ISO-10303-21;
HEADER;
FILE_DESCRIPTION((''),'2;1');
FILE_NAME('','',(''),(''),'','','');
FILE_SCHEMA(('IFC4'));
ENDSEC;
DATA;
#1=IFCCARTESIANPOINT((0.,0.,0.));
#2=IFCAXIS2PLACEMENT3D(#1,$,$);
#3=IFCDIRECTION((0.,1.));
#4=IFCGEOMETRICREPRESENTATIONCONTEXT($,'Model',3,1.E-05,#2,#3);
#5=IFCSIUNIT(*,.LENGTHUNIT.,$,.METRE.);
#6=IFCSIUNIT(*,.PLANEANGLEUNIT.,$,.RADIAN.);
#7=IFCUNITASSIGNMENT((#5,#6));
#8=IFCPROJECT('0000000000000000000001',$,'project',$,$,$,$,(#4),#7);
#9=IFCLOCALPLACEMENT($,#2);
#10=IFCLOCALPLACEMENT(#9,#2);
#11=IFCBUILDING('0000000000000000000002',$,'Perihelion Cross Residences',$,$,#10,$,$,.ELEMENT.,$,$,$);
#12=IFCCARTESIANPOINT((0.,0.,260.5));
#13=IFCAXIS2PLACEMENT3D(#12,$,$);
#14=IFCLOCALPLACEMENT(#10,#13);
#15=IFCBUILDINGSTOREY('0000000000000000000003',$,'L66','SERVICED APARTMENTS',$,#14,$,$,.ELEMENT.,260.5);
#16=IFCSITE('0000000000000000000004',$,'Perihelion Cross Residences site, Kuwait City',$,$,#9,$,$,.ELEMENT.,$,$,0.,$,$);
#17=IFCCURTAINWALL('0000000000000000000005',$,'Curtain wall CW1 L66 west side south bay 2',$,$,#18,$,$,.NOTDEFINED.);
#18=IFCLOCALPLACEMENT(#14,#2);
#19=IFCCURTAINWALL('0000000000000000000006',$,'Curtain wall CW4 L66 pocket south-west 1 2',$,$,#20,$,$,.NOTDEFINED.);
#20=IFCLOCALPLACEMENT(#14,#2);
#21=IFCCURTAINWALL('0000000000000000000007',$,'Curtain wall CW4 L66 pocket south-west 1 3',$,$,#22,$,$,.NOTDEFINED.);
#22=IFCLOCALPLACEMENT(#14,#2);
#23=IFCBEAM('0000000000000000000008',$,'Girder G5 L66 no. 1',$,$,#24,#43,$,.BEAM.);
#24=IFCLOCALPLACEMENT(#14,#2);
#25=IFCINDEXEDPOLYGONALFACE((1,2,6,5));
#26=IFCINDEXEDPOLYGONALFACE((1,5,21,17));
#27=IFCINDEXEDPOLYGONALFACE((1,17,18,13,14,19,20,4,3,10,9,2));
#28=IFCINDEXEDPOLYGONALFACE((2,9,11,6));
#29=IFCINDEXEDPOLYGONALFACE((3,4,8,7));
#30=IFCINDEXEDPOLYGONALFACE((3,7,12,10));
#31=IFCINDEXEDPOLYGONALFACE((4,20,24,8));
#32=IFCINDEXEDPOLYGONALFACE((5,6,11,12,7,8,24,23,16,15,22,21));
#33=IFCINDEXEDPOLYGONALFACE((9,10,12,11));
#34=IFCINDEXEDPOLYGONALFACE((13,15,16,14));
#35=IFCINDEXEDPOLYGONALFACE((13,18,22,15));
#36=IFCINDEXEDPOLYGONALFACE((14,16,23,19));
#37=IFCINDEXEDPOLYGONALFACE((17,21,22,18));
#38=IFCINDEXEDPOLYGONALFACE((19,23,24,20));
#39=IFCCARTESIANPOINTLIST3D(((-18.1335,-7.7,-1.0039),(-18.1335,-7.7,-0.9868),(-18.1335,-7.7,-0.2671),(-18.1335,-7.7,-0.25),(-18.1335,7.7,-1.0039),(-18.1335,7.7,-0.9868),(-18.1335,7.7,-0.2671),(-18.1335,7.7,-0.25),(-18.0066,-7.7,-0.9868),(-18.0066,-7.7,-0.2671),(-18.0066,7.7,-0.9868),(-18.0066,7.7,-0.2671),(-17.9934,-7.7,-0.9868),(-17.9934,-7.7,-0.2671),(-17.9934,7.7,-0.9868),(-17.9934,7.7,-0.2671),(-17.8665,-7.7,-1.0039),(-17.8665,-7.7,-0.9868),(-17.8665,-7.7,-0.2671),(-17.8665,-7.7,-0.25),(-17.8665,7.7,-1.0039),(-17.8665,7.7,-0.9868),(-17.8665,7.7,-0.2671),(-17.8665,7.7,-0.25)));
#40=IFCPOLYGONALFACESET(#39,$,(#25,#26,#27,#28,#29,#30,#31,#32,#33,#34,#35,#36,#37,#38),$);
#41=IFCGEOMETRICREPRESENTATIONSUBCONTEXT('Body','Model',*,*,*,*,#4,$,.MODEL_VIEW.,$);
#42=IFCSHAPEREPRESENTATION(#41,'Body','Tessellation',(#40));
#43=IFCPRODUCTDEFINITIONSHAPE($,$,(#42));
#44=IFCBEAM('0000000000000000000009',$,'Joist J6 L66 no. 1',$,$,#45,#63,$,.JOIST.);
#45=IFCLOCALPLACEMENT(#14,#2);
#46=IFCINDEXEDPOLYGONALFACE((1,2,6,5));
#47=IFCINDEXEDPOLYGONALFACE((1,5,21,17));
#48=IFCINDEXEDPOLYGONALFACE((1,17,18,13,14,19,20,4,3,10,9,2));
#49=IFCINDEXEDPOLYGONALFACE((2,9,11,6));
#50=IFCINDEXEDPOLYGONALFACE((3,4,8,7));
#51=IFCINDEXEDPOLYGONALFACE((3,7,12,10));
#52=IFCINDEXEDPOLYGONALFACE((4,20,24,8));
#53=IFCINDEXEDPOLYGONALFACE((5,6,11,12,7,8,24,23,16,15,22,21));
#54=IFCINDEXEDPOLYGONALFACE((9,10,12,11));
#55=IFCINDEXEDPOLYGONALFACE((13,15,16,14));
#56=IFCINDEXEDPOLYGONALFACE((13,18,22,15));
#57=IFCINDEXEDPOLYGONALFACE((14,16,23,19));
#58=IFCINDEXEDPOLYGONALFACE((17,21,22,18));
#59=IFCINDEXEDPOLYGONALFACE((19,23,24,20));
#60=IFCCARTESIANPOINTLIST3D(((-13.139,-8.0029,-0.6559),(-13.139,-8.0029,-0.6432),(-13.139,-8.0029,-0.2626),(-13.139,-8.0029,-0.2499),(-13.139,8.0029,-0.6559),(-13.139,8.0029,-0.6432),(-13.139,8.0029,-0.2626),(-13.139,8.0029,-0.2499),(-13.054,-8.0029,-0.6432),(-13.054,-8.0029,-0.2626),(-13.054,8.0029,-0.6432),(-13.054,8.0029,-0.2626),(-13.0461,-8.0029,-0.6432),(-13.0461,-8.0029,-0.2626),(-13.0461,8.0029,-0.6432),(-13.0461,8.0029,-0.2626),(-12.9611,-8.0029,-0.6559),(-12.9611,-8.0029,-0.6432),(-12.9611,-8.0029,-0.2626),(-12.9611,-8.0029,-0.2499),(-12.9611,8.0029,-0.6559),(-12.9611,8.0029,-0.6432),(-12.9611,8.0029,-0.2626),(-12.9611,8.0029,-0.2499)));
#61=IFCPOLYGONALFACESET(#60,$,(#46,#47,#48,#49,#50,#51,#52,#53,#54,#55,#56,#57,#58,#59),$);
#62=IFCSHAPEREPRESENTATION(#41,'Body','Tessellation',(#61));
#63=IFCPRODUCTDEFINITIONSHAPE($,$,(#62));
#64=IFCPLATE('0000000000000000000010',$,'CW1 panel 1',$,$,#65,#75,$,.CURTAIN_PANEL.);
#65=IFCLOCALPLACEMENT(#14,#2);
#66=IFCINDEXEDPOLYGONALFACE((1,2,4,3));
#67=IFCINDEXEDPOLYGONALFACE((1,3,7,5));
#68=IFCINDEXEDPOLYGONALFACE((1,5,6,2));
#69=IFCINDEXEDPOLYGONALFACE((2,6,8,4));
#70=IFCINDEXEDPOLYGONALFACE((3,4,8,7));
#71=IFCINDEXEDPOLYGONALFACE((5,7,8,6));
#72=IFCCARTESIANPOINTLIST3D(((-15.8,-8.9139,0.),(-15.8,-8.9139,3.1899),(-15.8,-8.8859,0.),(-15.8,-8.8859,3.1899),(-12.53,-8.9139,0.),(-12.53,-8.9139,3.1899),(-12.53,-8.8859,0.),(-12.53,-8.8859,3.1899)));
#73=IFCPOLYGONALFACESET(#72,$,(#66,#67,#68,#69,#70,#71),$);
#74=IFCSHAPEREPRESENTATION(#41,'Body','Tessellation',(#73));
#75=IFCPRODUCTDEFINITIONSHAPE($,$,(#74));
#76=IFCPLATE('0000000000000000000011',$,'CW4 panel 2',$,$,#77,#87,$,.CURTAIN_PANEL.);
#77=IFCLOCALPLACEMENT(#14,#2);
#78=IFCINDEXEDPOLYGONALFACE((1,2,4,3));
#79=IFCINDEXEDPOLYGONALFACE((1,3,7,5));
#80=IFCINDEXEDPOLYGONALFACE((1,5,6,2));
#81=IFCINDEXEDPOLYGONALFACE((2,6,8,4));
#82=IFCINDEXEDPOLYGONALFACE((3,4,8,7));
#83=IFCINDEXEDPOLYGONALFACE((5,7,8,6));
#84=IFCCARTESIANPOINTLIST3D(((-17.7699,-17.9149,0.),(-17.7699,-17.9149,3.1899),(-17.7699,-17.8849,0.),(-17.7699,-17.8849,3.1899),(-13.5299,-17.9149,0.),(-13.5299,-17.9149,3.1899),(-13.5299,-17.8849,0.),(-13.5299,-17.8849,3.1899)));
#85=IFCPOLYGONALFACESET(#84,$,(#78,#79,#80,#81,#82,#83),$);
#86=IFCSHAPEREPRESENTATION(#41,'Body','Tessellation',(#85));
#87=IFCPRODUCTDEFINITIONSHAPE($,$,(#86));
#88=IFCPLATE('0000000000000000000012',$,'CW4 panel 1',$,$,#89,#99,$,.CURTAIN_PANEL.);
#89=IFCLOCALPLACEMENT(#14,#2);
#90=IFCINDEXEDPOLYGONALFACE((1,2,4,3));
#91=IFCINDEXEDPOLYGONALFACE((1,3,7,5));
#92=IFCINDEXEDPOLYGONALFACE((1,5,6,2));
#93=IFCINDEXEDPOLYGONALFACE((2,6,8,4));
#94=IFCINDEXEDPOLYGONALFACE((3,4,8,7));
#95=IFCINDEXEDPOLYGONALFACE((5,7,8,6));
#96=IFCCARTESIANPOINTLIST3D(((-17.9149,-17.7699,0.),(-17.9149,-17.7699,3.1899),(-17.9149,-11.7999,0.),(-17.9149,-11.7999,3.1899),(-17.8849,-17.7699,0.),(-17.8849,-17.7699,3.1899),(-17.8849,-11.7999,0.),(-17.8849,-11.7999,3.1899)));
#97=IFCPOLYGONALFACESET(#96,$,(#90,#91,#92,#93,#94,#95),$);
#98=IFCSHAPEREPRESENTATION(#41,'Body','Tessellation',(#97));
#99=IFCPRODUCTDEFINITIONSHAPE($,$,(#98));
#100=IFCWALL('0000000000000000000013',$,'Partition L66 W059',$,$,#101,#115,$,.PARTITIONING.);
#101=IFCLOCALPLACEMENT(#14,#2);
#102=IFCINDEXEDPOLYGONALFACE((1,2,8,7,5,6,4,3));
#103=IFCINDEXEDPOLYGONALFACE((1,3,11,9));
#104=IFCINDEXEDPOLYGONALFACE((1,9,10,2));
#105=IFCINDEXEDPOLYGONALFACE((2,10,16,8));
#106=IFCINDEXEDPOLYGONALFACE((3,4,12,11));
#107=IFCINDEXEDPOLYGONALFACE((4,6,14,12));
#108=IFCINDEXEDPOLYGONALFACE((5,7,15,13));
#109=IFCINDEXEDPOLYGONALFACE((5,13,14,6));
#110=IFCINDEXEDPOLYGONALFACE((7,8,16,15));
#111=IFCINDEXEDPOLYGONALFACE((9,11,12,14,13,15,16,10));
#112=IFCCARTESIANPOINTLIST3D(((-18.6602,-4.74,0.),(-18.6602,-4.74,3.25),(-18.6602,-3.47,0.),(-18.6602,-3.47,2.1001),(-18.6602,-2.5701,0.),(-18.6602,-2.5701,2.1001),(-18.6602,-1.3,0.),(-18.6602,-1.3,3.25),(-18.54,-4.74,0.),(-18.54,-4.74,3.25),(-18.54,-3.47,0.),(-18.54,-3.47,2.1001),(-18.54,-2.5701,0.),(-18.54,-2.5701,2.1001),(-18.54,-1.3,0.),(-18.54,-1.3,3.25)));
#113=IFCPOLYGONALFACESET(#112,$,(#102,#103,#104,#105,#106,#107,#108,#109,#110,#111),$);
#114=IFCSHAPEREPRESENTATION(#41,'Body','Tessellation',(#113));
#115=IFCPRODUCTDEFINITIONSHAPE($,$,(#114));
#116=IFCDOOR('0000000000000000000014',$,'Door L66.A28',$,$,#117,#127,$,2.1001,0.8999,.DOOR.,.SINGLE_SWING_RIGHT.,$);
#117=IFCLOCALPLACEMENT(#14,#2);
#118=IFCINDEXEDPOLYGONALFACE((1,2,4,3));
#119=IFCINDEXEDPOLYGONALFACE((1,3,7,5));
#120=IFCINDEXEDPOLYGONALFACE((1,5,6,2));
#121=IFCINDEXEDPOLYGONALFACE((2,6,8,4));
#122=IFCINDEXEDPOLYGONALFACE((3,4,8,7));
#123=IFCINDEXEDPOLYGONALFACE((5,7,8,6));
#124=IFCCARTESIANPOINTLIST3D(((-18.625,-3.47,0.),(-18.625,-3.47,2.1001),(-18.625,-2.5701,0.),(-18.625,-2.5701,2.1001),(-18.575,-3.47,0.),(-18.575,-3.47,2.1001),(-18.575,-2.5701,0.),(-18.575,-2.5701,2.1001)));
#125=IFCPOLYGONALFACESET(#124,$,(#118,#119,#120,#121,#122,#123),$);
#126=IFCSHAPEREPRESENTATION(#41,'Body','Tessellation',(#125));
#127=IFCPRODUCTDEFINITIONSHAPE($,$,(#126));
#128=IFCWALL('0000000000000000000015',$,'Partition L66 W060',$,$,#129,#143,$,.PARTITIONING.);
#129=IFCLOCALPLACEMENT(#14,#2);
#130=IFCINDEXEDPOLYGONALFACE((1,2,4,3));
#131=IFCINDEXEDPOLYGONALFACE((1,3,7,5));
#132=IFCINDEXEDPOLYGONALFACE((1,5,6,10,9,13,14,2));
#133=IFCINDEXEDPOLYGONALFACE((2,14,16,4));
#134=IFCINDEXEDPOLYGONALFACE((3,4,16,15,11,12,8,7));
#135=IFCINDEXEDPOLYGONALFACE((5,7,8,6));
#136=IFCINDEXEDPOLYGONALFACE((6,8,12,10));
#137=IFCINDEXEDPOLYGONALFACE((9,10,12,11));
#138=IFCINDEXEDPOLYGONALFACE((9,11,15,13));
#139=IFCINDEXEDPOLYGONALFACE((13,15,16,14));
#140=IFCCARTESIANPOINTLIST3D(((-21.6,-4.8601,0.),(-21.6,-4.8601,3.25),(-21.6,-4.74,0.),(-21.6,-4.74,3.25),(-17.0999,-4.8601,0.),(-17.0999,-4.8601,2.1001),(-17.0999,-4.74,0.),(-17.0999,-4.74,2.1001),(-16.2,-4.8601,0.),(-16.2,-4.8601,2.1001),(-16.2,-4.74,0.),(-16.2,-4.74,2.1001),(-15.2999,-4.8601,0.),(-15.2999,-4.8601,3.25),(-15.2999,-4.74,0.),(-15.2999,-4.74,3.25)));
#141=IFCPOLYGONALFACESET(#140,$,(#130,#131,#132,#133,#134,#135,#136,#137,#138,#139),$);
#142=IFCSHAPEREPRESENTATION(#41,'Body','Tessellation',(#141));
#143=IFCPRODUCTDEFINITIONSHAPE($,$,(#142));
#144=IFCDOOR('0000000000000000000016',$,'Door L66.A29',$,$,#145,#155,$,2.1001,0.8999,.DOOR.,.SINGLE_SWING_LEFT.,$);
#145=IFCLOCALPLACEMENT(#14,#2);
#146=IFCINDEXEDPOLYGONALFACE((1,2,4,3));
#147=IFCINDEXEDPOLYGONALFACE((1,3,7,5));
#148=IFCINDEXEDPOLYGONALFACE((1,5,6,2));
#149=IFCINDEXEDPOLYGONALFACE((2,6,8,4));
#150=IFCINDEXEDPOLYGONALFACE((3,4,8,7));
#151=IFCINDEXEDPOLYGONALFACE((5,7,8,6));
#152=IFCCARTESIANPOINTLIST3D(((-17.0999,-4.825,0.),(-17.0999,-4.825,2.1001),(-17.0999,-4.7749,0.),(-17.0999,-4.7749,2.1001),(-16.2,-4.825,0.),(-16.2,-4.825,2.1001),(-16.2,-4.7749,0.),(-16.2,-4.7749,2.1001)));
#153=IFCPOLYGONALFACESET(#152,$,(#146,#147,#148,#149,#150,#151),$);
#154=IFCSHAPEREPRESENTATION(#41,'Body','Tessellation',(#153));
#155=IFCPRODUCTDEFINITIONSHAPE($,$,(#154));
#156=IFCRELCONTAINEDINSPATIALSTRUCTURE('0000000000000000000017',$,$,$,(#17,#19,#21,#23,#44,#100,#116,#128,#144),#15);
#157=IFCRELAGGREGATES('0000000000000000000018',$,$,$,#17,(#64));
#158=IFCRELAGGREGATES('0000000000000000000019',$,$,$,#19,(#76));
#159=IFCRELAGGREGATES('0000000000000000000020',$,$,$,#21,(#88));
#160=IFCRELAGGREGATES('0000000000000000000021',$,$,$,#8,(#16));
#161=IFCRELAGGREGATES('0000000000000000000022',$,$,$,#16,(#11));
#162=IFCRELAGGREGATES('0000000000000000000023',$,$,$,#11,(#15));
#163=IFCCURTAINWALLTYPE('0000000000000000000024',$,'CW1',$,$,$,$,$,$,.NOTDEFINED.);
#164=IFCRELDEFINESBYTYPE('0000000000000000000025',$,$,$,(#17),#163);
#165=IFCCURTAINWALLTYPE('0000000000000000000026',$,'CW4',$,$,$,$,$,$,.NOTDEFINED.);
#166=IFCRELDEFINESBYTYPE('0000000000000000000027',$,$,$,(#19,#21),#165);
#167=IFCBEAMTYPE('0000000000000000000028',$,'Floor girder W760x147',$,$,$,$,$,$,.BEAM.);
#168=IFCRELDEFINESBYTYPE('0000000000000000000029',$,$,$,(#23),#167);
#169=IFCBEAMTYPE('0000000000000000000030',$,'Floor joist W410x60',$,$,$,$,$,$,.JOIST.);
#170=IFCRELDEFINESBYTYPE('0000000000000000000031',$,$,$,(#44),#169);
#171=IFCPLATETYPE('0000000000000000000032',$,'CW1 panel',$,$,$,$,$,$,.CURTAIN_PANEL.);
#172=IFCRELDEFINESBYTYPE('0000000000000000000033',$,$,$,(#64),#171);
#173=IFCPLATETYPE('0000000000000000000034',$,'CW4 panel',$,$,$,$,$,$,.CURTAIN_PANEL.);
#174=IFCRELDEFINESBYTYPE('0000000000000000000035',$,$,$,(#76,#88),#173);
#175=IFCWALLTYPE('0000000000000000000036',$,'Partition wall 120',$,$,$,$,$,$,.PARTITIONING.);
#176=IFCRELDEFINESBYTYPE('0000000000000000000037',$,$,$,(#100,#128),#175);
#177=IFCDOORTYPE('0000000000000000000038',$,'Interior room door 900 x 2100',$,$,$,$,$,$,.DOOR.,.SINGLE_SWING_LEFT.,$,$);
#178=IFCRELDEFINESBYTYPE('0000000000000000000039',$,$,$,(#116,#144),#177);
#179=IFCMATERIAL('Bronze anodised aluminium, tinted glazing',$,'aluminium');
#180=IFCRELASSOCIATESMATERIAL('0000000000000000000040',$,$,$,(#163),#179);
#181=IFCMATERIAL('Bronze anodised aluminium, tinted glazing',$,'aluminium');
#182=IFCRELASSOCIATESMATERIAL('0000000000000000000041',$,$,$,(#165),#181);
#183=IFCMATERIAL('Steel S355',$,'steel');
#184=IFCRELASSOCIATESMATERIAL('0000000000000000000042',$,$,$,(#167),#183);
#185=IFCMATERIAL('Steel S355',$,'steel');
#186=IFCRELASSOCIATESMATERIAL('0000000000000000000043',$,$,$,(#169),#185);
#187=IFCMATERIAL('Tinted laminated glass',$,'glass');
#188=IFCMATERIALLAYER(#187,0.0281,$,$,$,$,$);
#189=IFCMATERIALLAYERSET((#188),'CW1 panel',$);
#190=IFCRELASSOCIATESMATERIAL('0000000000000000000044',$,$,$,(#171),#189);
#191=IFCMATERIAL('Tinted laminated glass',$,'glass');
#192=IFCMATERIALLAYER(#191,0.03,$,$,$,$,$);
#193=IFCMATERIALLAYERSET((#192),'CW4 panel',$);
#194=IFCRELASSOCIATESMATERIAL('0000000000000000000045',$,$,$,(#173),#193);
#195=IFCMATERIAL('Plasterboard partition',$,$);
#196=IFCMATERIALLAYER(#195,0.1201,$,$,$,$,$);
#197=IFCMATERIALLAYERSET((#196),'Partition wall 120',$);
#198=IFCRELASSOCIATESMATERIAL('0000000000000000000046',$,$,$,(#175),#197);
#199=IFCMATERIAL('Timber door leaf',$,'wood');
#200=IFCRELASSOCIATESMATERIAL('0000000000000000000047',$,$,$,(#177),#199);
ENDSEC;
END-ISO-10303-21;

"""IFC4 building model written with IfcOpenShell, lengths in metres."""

from ifc_helpers import new_model, si_unit, direction, frame, frame_2d, origin, origin_2d, place, context, subcontext, project, spatial, rectangle, i_section, extrude, material, layer, layer_set, material_profile, profile_set, type_object, element, fill, aggregate, save


model = new_model("IFC4")

# Units and contexts
model_context = context("Model", 3, precision=1e-05, world=origin(), true_north=direction((0.0, 1.0)))
body_context = subcontext(model_context, "Body", "Model", "MODEL_VIEW")
ifc_project = project(units=[si_unit("LENGTHUNIT", "METRE"), si_unit("PLANEANGLEUNIT", "RADIAN")], contexts=[model_context])

# Site, building, storey
site_placement = place(None, origin())
site = spatial("IfcSite", under=ifc_project, at=site_placement, Name="Perihelion Cross Residences site, Kuwait City", CompositionType="ELEMENT", RefElevation=0.0)
building_placement = place(site_placement, origin())
building = spatial("IfcBuilding", under=site, at=building_placement, Name="Perihelion Cross Residences", CompositionType="ELEMENT")
storey_placement = place(building_placement, frame((0.0, 0.0, 260.5)))
storey = spatial("IfcBuildingStorey", under=building, at=storey_placement, Name="L66", Description="SERVICED APARTMENTS", CompositionType="ELEMENT", Elevation=260.5)

# Curtain walls
ifc_material_1 = material(Name="Bronze anodised aluminium, tinted glazing", Category="aluminium")
curtain_wall_type_1 = type_object("IfcCurtainWallType", Name="CW1", PredefinedType="NOTDEFINED", material=ifc_material_1)
curtain_wall_1_placement = place(storey_placement, origin())
curtain_wall_1 = element("IfcCurtainWall", 1, at=curtain_wall_1_placement, inside=storey, type_object=curtain_wall_type_1, Name="Curtain wall CW1 L66 west side south bay 2", PredefinedType="NOTDEFINED")
ifc_material_2 = material(Name="Bronze anodised aluminium, tinted glazing", Category="aluminium")
curtain_wall_type_2 = type_object("IfcCurtainWallType", Name="CW4", PredefinedType="NOTDEFINED", material=ifc_material_2)
curtain_wall_2_placement = place(storey_placement, origin())
curtain_wall_2 = element("IfcCurtainWall", 2, at=curtain_wall_2_placement, inside=storey, type_object=curtain_wall_type_2, Name="Curtain wall CW4 L66 pocket south-west 1 2", PredefinedType="NOTDEFINED")
curtain_wall_3_placement = place(storey_placement, origin())
curtain_wall_3 = element("IfcCurtainWall", 3, at=curtain_wall_3_placement, inside=storey, type_object=curtain_wall_type_2, Name="Curtain wall CW4 L66 pocket south-west 1 3", PredefinedType="NOTDEFINED")

# Beams
ifc_material_3 = material(Name="Steel S355", Category="steel")
ifc_material_profile_1 = material_profile(ifc_material_3, i_section(OverallWidth=0.2671, OverallDepth=0.7539, WebThickness=0.0132, FlangeThickness=0.0171, at=origin_2d()), Name="W760x147")
ifc_profile_set_1 = profile_set([ifc_material_profile_1], Name="Steel S355")
beam_type_1 = type_object("IfcBeamType", Name="Floor girder W760x147", PredefinedType="BEAM", material=ifc_profile_set_1)
beam_1_placement = place(storey_placement, frame((-18.0, -7.7, -0.627), z_axis=(0.0, 1.0, 0.0), x_axis=(-1.0, 0.0, 0.0)))
element("IfcBeam", 4, at=beam_1_placement, inside=storey, type_object=beam_type_1, Name="Girder G5 L66 no. 1", PredefinedType="BEAM", context=body_context, shape_type="SweptSolid", body=[
    extrude(i_section(OverallWidth=0.2671, OverallDepth=0.7539, WebThickness=0.0132, FlangeThickness=0.0171, at=origin_2d()), origin(), (0.0, 0.0, 1.0), 15.3999),
])
ifc_material_4 = material(Name="Steel S355", Category="steel")
ifc_material_profile_2 = material_profile(ifc_material_4, i_section(OverallWidth=0.178, OverallDepth=0.406, WebThickness=0.0078, FlangeThickness=0.0127, at=origin_2d()), Name="W410x60")
ifc_profile_set_2 = profile_set([ifc_material_profile_2], Name="Steel S355")
beam_type_2 = type_object("IfcBeamType", Name="Floor joist W410x60", PredefinedType="JOIST", material=ifc_profile_set_2)
beam_2_placement = place(storey_placement, frame((-13.05, -8.0029, -0.4529), z_axis=(0.0, 1.0, 0.0), x_axis=(-1.0, 0.0, 0.0)))
element("IfcBeam", 5, at=beam_2_placement, inside=storey, type_object=beam_type_2, Name="Joist J6 L66 no. 1", PredefinedType="JOIST", context=body_context, shape_type="SweptSolid", body=[
    extrude(i_section(OverallWidth=0.178, OverallDepth=0.406, WebThickness=0.0078, FlangeThickness=0.0127, at=origin_2d()), origin(), (0.0, 0.0, 1.0), 16.0059),
])

# Plates
ifc_material_5 = material(Name="Tinted laminated glass", Category="glass")
ifc_layer_1 = layer(ifc_material_5, 0.0281)
ifc_layer_set_1 = layer_set([ifc_layer_1], Name="CW1 panel")
plate_type_1 = type_object("IfcPlateType", Name="CW1 panel", PredefinedType="CURTAIN_PANEL", material=ifc_layer_set_1)
plate_1_placement = place(storey_placement, frame((-14.165, -8.8999, 0.0), z_axis=(0.0, 0.0, 1.0), x_axis=(1.0, 0.0, 0.0)))
plate_1 = element("IfcPlate", 6, at=plate_1_placement, type_object=plate_type_1, Name="CW1 panel 1", PredefinedType="CURTAIN_PANEL", context=body_context, shape_type="SweptSolid", body=[
    extrude(rectangle(XDim=3.27, YDim=0.0281, at=origin_2d()), origin(), (0.0, 0.0, 1.0), 3.1899),
])
aggregate(curtain_wall_1, [plate_1])
ifc_material_6 = material(Name="Tinted laminated glass", Category="glass")
ifc_layer_2 = layer(ifc_material_6, 0.03)
ifc_layer_set_2 = layer_set([ifc_layer_2], Name="CW4 panel")
plate_type_2 = type_object("IfcPlateType", Name="CW4 panel", PredefinedType="CURTAIN_PANEL", material=ifc_layer_set_2)
plate_2_placement = place(storey_placement, frame((-15.6499, -17.8999, 0.0), z_axis=(0.0, 0.0, 1.0), x_axis=(-1.0, 0.0, 0.0)))
plate_2 = element("IfcPlate", 7, at=plate_2_placement, type_object=plate_type_2, Name="CW4 panel 2", PredefinedType="CURTAIN_PANEL", context=body_context, shape_type="SweptSolid", body=[
    extrude(rectangle(XDim=4.24, YDim=0.03, at=origin_2d()), origin(), (0.0, 0.0, 1.0), 3.1899),
])
aggregate(curtain_wall_2, [plate_2])
plate_3_placement = place(storey_placement, frame((-17.8999, -14.7849, 0.0), z_axis=(0.0, 0.0, 1.0), x_axis=(0.0, 1.0, 0.0)))
plate_3 = element("IfcPlate", 8, at=plate_3_placement, type_object=plate_type_2, Name="CW4 panel 1", PredefinedType="CURTAIN_PANEL", context=body_context, shape_type="SweptSolid", body=[
    extrude(rectangle(XDim=5.97, YDim=0.03, at=origin_2d()), origin(), (0.0, 0.0, 1.0), 3.1899),
])
aggregate(curtain_wall_3, [plate_3])

# Walls, openings, doors
ifc_material_7 = material(Name="Plasterboard partition")
ifc_layer_3 = layer(ifc_material_7, 0.1201)
ifc_layer_set_3 = layer_set([ifc_layer_3], Name="Partition wall 120")
wall_type_1 = type_object("IfcWallType", Name="Partition wall 120", PredefinedType="PARTITIONING", material=ifc_layer_set_3)
wall_1_placement = place(storey_placement, frame((-18.6001, -4.74, 0.0), z_axis=(0.0, 0.0, 1.0), x_axis=(0.0, 1.0, 0.0)))
wall_1 = element("IfcWall", 9, at=wall_1_placement, inside=storey, type_object=wall_type_1, Name="Partition L66 W059", PredefinedType="PARTITIONING", context=body_context, shape_type="SweptSolid", body=[
    extrude(rectangle(XDim=3.4399, YDim=0.1201, at=frame_2d((1.72, 0.0))), origin(), (0.0, 0.0, 1.0), 3.25),
])
opening_1_placement = place(wall_1_placement, frame((1.27, 0.0, 0.0)))
opening_1 = element("IfcOpeningElement", 10, at=opening_1_placement, cuts=wall_1, PredefinedType="OPENING", context=body_context, shape_type="SweptSolid", body=[
    extrude(rectangle(XDim=0.8999, YDim=2.1001, at=frame_2d((0.45, 1.05))), frame((0.0, 0.0701, 0.0), z_axis=(0.0, -1.0, 0.0), x_axis=(1.0, 0.0, 0.0)), (0.0, 0.0, 1.0), 0.1401),
])
ifc_material_8 = material(Name="Timber door leaf", Category="wood")
door_type_1 = type_object("IfcDoorType", Name="Interior room door 900 x 2100", OperationType="SINGLE_SWING_LEFT", PredefinedType="DOOR", material=ifc_material_8)
door_1_placement = place(opening_1_placement, origin())
door_1 = element("IfcDoor", 11, at=door_1_placement, inside=storey, type_object=door_type_1, Name="Door L66.A28", OperationType="SINGLE_SWING_RIGHT", OverallHeight=2.1001, OverallWidth=0.8999, PredefinedType="DOOR", context=body_context, shape_type="SweptSolid", body=[
    extrude(rectangle(XDim=0.8999, YDim=2.1001, at=frame_2d((0.45, 1.05))), frame((0.0, 0.0249, 0.0), z_axis=(0.0, -1.0, 0.0), x_axis=(1.0, 0.0, 0.0)), (0.0, 0.0, 1.0), 0.05),
])
fill(opening_1, door_1)
wall_2_placement = place(storey_placement, frame((-15.3, -4.8, 0.0), z_axis=(0.0, 0.0, 1.0), x_axis=(-1.0, 0.0, 0.0)))
wall_2 = element("IfcWall", 12, at=wall_2_placement, inside=storey, type_object=wall_type_1, Name="Partition L66 W060", PredefinedType="PARTITIONING", context=body_context, shape_type="SweptSolid", body=[
    extrude(rectangle(XDim=6.3, YDim=0.1201, at=frame_2d((3.1499, 0.0))), origin(), (0.0, 0.0, 1.0), 3.25),
])
opening_2_placement = place(wall_2_placement, frame((0.8999, 0.0, 0.0)))
opening_2 = element("IfcOpeningElement", 13, at=opening_2_placement, cuts=wall_2, PredefinedType="OPENING", context=body_context, shape_type="SweptSolid", body=[
    extrude(rectangle(XDim=0.8999, YDim=2.1001, at=frame_2d((0.45, 1.05))), frame((0.0, 0.0701, 0.0), z_axis=(0.0, -1.0, 0.0), x_axis=(1.0, 0.0, 0.0)), (0.0, 0.0, 1.0), 0.1401),
])
door_2_placement = place(opening_2_placement, origin())
door_2 = element("IfcDoor", 14, at=door_2_placement, inside=storey, type_object=door_type_1, Name="Door L66.A29", OperationType="SINGLE_SWING_LEFT", OverallHeight=2.1001, OverallWidth=0.8999, PredefinedType="DOOR", context=body_context, shape_type="SweptSolid", body=[
    extrude(rectangle(XDim=0.8999, YDim=2.1001, at=frame_2d((0.45, 1.05))), frame((0.0, 0.0249, 0.0), z_axis=(0.0, -1.0, 0.0), x_axis=(1.0, 0.0, 0.0)), (0.0, 0.0, 1.0), 0.05),
])
fill(opening_2, door_2)

save(model, "model.ifc")
